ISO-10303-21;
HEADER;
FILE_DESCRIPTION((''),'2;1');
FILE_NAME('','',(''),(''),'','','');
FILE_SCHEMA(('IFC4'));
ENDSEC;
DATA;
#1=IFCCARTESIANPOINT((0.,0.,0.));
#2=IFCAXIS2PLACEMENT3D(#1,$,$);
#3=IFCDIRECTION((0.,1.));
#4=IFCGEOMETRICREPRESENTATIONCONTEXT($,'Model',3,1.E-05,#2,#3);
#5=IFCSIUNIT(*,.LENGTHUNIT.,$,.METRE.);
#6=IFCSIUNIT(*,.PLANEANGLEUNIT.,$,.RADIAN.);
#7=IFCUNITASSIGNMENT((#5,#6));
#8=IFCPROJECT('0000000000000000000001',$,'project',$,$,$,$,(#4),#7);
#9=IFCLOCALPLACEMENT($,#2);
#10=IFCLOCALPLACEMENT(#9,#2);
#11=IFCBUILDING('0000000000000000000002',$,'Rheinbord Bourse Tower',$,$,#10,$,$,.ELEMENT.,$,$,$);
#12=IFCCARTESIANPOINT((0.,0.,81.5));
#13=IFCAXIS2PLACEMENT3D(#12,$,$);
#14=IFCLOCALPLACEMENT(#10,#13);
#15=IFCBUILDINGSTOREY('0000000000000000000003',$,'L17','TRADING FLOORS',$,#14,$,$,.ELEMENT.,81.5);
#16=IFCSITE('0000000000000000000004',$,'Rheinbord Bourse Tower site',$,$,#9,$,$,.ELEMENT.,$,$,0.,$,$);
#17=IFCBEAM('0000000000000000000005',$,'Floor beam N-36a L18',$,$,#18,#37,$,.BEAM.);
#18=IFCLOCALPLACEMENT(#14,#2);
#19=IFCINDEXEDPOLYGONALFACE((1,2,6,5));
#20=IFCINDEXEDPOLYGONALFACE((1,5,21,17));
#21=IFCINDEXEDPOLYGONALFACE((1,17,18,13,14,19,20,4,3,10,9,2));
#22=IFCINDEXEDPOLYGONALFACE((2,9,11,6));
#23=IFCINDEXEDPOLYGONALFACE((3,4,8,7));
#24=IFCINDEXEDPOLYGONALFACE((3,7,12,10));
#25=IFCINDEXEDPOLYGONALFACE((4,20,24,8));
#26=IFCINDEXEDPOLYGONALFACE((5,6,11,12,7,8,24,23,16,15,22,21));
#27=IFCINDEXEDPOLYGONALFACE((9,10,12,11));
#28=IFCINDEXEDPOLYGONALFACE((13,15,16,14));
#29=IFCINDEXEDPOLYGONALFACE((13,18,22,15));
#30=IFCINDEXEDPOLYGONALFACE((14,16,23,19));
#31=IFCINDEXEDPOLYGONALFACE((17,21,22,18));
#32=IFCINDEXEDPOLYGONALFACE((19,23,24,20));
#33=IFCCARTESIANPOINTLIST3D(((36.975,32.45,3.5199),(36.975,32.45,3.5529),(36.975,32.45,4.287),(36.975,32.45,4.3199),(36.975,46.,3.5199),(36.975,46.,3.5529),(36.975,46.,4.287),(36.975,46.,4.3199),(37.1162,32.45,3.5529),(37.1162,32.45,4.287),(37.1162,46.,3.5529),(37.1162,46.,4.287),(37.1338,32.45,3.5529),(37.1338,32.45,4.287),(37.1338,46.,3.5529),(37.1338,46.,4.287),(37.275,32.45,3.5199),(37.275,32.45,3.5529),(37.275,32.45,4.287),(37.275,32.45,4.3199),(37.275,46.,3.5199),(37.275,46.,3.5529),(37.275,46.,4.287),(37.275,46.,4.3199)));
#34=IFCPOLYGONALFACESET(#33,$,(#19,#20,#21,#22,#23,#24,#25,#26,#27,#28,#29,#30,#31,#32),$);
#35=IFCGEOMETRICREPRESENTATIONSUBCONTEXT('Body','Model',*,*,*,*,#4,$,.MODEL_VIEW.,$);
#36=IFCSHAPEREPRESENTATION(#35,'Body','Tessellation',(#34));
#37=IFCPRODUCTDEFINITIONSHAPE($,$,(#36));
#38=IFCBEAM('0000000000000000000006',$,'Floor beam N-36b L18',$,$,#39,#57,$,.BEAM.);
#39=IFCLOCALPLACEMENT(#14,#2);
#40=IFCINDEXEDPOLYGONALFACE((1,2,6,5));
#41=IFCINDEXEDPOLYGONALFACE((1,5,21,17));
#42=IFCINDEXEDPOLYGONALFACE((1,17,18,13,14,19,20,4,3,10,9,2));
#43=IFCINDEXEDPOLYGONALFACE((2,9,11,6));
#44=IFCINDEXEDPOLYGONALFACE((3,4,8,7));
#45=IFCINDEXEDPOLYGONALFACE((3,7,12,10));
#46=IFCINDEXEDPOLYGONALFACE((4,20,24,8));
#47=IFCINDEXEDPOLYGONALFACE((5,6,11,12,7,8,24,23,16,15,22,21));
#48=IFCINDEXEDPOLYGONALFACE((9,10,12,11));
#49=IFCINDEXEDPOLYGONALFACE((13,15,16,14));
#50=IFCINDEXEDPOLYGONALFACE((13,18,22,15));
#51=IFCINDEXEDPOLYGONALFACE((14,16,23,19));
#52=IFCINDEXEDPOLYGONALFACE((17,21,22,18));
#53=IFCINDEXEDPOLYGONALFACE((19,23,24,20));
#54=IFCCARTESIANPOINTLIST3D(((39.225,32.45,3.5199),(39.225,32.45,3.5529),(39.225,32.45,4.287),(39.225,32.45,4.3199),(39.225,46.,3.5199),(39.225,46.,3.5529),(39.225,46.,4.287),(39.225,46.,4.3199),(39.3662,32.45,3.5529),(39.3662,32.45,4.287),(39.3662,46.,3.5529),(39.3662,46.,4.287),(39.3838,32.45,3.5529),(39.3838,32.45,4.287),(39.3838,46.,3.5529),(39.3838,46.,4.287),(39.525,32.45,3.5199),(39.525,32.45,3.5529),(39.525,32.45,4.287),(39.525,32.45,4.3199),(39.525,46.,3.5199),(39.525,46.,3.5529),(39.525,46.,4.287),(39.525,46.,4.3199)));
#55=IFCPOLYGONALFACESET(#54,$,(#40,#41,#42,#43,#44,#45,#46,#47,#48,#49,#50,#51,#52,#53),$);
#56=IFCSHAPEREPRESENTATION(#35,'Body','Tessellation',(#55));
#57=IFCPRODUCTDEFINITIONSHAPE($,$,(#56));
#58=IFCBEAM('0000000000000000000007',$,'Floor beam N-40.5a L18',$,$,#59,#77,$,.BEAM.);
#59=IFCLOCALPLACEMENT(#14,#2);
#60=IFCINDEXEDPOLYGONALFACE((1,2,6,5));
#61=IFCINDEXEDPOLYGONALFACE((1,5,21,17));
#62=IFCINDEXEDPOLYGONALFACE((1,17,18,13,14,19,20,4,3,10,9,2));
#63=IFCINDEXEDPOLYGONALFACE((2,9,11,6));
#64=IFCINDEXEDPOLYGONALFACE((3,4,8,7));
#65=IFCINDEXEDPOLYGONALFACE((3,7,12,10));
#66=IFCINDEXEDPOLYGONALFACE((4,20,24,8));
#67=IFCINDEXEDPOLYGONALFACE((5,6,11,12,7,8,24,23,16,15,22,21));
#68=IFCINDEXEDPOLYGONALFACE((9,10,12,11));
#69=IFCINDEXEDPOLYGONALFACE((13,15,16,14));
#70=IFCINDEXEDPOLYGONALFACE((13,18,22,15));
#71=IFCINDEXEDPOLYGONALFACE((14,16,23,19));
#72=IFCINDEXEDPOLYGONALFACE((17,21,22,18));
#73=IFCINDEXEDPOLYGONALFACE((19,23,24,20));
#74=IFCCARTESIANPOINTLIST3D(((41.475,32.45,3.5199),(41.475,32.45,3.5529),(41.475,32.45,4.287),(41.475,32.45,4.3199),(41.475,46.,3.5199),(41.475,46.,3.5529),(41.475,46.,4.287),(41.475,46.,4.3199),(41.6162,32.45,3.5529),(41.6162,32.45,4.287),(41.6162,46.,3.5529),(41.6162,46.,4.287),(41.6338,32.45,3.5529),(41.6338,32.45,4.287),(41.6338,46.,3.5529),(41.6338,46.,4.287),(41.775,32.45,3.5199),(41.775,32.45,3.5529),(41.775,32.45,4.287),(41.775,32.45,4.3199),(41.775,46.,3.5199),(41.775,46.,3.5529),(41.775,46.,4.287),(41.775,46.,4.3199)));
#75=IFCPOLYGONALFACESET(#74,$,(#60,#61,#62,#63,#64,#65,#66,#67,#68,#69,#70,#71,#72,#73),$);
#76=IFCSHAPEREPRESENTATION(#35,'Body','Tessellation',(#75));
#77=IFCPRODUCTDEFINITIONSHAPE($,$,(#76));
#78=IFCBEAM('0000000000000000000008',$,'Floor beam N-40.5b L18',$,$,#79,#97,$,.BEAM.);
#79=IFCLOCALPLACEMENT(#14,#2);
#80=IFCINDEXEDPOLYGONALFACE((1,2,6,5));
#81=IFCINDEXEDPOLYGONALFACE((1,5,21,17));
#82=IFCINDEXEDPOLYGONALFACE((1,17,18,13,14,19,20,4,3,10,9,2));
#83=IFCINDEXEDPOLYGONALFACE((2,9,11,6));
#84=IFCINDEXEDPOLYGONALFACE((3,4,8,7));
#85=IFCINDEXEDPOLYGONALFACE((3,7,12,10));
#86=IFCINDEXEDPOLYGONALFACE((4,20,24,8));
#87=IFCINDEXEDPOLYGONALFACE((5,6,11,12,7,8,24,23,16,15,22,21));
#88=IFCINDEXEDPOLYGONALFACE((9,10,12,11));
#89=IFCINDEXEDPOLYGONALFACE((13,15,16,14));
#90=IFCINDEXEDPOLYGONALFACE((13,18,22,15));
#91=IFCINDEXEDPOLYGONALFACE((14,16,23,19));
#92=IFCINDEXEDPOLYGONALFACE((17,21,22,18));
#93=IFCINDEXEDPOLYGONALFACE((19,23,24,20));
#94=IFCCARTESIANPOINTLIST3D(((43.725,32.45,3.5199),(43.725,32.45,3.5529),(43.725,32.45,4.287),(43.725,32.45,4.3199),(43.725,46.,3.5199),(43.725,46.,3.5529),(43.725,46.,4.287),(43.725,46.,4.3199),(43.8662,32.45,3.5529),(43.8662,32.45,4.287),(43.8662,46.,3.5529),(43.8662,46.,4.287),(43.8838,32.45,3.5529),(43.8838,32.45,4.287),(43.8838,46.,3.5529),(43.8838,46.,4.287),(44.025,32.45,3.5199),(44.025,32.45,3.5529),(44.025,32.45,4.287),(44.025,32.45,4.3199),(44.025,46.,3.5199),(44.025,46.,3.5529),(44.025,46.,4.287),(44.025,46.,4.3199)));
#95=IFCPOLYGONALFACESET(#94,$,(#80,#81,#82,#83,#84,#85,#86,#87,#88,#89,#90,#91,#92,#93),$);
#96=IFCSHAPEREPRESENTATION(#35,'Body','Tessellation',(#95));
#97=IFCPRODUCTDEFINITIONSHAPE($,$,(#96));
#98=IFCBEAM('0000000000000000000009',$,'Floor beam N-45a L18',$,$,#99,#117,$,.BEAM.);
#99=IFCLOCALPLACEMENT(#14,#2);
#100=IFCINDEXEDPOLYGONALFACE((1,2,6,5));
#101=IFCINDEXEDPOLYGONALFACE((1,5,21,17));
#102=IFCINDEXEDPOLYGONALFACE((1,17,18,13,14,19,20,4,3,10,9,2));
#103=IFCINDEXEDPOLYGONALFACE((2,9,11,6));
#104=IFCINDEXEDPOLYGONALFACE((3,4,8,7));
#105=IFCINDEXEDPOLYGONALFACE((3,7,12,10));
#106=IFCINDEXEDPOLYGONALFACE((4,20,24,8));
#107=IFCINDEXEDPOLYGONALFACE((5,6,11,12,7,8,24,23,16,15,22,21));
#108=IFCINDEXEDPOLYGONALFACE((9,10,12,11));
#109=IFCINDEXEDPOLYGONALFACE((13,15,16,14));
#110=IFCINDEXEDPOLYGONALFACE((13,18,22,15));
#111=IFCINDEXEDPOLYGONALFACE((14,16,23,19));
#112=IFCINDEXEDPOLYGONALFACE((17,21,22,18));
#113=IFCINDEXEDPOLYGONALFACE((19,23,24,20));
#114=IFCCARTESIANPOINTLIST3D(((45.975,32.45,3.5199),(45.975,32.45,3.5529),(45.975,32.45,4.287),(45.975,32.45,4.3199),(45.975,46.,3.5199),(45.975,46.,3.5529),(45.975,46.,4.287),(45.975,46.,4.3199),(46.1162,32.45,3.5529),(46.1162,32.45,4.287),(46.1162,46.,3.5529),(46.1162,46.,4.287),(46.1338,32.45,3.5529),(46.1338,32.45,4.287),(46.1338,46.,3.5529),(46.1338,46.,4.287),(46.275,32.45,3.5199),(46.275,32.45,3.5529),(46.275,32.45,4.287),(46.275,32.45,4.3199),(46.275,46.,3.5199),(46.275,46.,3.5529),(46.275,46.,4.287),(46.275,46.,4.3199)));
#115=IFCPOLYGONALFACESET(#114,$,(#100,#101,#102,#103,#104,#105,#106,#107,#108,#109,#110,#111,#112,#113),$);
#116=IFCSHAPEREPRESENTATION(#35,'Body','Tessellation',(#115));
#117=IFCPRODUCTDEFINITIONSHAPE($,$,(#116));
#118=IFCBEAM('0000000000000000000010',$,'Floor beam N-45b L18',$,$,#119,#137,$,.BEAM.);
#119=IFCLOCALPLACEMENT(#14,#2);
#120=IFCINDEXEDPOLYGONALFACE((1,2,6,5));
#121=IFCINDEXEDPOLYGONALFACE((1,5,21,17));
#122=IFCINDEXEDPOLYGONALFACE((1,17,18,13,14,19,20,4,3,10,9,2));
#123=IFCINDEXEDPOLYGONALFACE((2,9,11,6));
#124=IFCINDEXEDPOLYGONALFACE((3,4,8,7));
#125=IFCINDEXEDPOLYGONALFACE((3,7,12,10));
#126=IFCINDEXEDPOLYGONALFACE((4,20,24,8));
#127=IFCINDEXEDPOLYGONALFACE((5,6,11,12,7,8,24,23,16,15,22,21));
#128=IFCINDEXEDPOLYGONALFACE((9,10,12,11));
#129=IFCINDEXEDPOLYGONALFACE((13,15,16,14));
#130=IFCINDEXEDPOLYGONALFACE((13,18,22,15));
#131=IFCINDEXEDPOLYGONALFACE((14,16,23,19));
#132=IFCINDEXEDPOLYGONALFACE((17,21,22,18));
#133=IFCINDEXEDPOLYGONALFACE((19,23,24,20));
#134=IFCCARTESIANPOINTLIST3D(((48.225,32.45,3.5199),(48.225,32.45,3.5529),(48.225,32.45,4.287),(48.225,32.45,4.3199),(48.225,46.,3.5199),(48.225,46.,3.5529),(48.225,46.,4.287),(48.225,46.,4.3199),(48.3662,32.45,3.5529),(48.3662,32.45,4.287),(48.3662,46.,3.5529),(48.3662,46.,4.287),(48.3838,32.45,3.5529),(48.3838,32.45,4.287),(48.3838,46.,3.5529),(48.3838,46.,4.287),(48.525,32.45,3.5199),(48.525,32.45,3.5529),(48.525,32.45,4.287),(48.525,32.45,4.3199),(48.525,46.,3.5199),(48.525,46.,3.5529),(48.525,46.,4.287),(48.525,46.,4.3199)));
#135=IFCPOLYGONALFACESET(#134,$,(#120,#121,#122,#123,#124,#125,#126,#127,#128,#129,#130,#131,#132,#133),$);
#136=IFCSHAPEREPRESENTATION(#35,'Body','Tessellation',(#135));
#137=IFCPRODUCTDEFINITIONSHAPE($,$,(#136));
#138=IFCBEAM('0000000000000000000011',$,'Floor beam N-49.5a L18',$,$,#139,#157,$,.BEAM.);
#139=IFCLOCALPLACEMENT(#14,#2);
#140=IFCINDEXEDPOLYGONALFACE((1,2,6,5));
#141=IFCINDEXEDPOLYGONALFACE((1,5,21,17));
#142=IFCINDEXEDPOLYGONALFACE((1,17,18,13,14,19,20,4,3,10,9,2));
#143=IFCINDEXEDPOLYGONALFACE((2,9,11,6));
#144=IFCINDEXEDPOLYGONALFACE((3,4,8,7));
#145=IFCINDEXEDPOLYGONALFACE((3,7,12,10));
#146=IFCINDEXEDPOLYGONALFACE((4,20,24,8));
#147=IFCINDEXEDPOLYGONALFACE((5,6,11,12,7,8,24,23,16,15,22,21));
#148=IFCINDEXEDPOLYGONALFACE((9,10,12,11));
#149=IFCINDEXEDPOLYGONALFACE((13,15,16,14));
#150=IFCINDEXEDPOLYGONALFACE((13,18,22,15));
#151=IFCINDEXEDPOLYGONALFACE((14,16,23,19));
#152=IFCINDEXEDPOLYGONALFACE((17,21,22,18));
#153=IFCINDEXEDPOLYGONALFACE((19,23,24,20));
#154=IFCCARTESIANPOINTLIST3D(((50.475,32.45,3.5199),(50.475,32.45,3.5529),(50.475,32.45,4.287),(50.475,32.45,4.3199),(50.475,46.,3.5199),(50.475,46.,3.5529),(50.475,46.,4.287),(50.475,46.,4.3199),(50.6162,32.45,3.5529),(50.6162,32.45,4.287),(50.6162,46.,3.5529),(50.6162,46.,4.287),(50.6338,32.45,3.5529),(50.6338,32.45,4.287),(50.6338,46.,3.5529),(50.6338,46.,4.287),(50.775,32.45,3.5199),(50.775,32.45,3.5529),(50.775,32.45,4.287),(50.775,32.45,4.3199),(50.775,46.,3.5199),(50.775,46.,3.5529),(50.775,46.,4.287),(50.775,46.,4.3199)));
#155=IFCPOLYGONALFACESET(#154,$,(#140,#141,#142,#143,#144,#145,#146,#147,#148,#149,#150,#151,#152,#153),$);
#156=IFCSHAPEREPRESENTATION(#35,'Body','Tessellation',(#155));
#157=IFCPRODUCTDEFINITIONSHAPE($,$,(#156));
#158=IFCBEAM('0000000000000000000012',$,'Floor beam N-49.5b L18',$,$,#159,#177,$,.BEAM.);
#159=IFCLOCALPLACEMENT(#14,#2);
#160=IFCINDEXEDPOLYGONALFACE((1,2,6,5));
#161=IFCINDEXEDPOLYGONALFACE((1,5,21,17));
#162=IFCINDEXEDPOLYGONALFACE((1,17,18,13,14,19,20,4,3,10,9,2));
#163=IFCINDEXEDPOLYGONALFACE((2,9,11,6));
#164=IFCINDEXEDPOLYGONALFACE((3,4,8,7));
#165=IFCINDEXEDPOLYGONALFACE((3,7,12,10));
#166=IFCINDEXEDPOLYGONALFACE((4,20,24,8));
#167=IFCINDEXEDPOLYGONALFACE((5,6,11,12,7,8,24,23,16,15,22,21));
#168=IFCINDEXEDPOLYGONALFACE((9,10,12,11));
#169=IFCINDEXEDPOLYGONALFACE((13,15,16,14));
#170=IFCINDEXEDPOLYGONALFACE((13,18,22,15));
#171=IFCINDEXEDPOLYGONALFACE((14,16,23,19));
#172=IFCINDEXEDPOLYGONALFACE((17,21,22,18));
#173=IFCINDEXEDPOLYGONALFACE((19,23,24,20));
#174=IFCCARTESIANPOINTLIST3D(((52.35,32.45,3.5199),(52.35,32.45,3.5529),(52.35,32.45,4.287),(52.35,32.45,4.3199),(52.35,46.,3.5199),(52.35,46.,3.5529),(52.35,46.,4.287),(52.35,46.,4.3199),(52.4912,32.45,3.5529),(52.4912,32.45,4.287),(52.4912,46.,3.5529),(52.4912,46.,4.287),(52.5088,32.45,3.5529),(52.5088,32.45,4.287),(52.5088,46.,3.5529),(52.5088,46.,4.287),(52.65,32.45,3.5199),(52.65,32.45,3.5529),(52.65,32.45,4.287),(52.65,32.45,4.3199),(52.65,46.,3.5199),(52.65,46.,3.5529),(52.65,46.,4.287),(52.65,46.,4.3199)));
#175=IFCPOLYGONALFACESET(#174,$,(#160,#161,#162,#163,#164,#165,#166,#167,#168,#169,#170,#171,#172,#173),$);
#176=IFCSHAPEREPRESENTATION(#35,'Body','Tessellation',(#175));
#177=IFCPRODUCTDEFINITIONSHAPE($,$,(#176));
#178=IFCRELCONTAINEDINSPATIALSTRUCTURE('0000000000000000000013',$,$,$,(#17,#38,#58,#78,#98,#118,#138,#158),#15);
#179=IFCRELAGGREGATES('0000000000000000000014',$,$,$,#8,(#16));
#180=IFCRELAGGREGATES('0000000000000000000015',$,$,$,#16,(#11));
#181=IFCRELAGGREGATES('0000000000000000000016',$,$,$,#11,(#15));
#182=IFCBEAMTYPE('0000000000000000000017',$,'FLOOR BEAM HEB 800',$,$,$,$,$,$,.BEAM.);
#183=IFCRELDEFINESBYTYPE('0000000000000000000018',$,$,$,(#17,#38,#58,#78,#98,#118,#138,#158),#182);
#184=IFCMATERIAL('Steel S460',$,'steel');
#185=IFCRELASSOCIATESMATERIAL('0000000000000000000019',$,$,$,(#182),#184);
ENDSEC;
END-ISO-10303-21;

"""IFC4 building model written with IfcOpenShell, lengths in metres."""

from ifc_helpers import new_model, si_unit, direction, frame, origin, origin_2d, place, context, subcontext, project, spatial, i_section, extrude, material, material_profile, profile_set, type_object, element, save


model = new_model("IFC4")

# Units and contexts
model_context = context("Model", 3, precision=1e-05, world=origin(), true_north=direction((0.0, 1.0)))
body_context = subcontext(model_context, "Body", "Model", "MODEL_VIEW")
ifc_project = project(units=[si_unit("LENGTHUNIT", "METRE"), si_unit("PLANEANGLEUNIT", "RADIAN")], contexts=[model_context])

# Site, building, storey
site_placement = place(None, origin())
site = spatial("IfcSite", under=ifc_project, at=site_placement, Name="Rheinbord Bourse Tower site", CompositionType="ELEMENT", RefElevation=0.0)
building_placement = place(site_placement, origin())
building = spatial("IfcBuilding", under=site, at=building_placement, Name="Rheinbord Bourse Tower", CompositionType="ELEMENT")
storey_placement = place(building_placement, frame((0.0, 0.0, 81.5)))
storey = spatial("IfcBuildingStorey", under=building, at=storey_placement, Name="L17", Description="TRADING FLOORS", CompositionType="ELEMENT", Elevation=81.5)

# Beams
ifc_material_1 = material(Name="Steel S460", Category="steel")
ifc_material_profile_1 = material_profile(ifc_material_1, i_section(OverallWidth=0.3, OverallDepth=0.8, WebThickness=0.0176, FlangeThickness=0.033, at=origin_2d()), Name="HEB 800")
ifc_profile_set_1 = profile_set([ifc_material_profile_1], Name="Steel S460")
beam_type_1 = type_object("IfcBeamType", Name="FLOOR BEAM HEB 800", PredefinedType="BEAM", material=ifc_profile_set_1)
for number, where, z_axis, x_axis, name in (
    (1, (37.125, 46.0, 3.9199), (0.0, -1.0, 0.0), (1.0, 0.0, 0.0), "Floor beam N-36a L18"),
    (2, (39.375, 46.0, 3.9199), (0.0, -1.0, 0.0), (1.0, 0.0, 0.0), "Floor beam N-36b L18"),
    (3, (41.625, 46.0, 3.9199), (0.0, -1.0, 0.0), (1.0, 0.0, 0.0), "Floor beam N-40.5a L18"),
    (4, (43.875, 46.0, 3.9199), (0.0, -1.0, 0.0), (1.0, 0.0, 0.0), "Floor beam N-40.5b L18"),
    (5, (46.125, 46.0, 3.9199), (0.0, -1.0, 0.0), (1.0, 0.0, 0.0), "Floor beam N-45a L18"),
    (6, (48.375, 46.0, 3.9199), (0.0, -1.0, 0.0), (1.0, 0.0, 0.0), "Floor beam N-45b L18"),
    (7, (50.625, 46.0, 3.9199), (0.0, -1.0, 0.0), (1.0, 0.0, 0.0), "Floor beam N-49.5a L18"),
    (8, (52.5, 46.0, 3.9199), (0.0, -1.0, 0.0), (1.0, 0.0, 0.0), "Floor beam N-49.5b L18"),
):
    element("IfcBeam", number, at=place(storey_placement, frame(where, z_axis=z_axis, x_axis=x_axis)), inside=storey, type_object=beam_type_1, Name=name, PredefinedType="BEAM", context=body_context, shape_type="SweptSolid", body=[
        extrude(i_section(OverallWidth=0.3, OverallDepth=0.8, WebThickness=0.0176, FlangeThickness=0.033, at=origin_2d()), origin(), (0.0, 0.0, 1.0), 13.55),
    ])

save(model, "model.ifc")
